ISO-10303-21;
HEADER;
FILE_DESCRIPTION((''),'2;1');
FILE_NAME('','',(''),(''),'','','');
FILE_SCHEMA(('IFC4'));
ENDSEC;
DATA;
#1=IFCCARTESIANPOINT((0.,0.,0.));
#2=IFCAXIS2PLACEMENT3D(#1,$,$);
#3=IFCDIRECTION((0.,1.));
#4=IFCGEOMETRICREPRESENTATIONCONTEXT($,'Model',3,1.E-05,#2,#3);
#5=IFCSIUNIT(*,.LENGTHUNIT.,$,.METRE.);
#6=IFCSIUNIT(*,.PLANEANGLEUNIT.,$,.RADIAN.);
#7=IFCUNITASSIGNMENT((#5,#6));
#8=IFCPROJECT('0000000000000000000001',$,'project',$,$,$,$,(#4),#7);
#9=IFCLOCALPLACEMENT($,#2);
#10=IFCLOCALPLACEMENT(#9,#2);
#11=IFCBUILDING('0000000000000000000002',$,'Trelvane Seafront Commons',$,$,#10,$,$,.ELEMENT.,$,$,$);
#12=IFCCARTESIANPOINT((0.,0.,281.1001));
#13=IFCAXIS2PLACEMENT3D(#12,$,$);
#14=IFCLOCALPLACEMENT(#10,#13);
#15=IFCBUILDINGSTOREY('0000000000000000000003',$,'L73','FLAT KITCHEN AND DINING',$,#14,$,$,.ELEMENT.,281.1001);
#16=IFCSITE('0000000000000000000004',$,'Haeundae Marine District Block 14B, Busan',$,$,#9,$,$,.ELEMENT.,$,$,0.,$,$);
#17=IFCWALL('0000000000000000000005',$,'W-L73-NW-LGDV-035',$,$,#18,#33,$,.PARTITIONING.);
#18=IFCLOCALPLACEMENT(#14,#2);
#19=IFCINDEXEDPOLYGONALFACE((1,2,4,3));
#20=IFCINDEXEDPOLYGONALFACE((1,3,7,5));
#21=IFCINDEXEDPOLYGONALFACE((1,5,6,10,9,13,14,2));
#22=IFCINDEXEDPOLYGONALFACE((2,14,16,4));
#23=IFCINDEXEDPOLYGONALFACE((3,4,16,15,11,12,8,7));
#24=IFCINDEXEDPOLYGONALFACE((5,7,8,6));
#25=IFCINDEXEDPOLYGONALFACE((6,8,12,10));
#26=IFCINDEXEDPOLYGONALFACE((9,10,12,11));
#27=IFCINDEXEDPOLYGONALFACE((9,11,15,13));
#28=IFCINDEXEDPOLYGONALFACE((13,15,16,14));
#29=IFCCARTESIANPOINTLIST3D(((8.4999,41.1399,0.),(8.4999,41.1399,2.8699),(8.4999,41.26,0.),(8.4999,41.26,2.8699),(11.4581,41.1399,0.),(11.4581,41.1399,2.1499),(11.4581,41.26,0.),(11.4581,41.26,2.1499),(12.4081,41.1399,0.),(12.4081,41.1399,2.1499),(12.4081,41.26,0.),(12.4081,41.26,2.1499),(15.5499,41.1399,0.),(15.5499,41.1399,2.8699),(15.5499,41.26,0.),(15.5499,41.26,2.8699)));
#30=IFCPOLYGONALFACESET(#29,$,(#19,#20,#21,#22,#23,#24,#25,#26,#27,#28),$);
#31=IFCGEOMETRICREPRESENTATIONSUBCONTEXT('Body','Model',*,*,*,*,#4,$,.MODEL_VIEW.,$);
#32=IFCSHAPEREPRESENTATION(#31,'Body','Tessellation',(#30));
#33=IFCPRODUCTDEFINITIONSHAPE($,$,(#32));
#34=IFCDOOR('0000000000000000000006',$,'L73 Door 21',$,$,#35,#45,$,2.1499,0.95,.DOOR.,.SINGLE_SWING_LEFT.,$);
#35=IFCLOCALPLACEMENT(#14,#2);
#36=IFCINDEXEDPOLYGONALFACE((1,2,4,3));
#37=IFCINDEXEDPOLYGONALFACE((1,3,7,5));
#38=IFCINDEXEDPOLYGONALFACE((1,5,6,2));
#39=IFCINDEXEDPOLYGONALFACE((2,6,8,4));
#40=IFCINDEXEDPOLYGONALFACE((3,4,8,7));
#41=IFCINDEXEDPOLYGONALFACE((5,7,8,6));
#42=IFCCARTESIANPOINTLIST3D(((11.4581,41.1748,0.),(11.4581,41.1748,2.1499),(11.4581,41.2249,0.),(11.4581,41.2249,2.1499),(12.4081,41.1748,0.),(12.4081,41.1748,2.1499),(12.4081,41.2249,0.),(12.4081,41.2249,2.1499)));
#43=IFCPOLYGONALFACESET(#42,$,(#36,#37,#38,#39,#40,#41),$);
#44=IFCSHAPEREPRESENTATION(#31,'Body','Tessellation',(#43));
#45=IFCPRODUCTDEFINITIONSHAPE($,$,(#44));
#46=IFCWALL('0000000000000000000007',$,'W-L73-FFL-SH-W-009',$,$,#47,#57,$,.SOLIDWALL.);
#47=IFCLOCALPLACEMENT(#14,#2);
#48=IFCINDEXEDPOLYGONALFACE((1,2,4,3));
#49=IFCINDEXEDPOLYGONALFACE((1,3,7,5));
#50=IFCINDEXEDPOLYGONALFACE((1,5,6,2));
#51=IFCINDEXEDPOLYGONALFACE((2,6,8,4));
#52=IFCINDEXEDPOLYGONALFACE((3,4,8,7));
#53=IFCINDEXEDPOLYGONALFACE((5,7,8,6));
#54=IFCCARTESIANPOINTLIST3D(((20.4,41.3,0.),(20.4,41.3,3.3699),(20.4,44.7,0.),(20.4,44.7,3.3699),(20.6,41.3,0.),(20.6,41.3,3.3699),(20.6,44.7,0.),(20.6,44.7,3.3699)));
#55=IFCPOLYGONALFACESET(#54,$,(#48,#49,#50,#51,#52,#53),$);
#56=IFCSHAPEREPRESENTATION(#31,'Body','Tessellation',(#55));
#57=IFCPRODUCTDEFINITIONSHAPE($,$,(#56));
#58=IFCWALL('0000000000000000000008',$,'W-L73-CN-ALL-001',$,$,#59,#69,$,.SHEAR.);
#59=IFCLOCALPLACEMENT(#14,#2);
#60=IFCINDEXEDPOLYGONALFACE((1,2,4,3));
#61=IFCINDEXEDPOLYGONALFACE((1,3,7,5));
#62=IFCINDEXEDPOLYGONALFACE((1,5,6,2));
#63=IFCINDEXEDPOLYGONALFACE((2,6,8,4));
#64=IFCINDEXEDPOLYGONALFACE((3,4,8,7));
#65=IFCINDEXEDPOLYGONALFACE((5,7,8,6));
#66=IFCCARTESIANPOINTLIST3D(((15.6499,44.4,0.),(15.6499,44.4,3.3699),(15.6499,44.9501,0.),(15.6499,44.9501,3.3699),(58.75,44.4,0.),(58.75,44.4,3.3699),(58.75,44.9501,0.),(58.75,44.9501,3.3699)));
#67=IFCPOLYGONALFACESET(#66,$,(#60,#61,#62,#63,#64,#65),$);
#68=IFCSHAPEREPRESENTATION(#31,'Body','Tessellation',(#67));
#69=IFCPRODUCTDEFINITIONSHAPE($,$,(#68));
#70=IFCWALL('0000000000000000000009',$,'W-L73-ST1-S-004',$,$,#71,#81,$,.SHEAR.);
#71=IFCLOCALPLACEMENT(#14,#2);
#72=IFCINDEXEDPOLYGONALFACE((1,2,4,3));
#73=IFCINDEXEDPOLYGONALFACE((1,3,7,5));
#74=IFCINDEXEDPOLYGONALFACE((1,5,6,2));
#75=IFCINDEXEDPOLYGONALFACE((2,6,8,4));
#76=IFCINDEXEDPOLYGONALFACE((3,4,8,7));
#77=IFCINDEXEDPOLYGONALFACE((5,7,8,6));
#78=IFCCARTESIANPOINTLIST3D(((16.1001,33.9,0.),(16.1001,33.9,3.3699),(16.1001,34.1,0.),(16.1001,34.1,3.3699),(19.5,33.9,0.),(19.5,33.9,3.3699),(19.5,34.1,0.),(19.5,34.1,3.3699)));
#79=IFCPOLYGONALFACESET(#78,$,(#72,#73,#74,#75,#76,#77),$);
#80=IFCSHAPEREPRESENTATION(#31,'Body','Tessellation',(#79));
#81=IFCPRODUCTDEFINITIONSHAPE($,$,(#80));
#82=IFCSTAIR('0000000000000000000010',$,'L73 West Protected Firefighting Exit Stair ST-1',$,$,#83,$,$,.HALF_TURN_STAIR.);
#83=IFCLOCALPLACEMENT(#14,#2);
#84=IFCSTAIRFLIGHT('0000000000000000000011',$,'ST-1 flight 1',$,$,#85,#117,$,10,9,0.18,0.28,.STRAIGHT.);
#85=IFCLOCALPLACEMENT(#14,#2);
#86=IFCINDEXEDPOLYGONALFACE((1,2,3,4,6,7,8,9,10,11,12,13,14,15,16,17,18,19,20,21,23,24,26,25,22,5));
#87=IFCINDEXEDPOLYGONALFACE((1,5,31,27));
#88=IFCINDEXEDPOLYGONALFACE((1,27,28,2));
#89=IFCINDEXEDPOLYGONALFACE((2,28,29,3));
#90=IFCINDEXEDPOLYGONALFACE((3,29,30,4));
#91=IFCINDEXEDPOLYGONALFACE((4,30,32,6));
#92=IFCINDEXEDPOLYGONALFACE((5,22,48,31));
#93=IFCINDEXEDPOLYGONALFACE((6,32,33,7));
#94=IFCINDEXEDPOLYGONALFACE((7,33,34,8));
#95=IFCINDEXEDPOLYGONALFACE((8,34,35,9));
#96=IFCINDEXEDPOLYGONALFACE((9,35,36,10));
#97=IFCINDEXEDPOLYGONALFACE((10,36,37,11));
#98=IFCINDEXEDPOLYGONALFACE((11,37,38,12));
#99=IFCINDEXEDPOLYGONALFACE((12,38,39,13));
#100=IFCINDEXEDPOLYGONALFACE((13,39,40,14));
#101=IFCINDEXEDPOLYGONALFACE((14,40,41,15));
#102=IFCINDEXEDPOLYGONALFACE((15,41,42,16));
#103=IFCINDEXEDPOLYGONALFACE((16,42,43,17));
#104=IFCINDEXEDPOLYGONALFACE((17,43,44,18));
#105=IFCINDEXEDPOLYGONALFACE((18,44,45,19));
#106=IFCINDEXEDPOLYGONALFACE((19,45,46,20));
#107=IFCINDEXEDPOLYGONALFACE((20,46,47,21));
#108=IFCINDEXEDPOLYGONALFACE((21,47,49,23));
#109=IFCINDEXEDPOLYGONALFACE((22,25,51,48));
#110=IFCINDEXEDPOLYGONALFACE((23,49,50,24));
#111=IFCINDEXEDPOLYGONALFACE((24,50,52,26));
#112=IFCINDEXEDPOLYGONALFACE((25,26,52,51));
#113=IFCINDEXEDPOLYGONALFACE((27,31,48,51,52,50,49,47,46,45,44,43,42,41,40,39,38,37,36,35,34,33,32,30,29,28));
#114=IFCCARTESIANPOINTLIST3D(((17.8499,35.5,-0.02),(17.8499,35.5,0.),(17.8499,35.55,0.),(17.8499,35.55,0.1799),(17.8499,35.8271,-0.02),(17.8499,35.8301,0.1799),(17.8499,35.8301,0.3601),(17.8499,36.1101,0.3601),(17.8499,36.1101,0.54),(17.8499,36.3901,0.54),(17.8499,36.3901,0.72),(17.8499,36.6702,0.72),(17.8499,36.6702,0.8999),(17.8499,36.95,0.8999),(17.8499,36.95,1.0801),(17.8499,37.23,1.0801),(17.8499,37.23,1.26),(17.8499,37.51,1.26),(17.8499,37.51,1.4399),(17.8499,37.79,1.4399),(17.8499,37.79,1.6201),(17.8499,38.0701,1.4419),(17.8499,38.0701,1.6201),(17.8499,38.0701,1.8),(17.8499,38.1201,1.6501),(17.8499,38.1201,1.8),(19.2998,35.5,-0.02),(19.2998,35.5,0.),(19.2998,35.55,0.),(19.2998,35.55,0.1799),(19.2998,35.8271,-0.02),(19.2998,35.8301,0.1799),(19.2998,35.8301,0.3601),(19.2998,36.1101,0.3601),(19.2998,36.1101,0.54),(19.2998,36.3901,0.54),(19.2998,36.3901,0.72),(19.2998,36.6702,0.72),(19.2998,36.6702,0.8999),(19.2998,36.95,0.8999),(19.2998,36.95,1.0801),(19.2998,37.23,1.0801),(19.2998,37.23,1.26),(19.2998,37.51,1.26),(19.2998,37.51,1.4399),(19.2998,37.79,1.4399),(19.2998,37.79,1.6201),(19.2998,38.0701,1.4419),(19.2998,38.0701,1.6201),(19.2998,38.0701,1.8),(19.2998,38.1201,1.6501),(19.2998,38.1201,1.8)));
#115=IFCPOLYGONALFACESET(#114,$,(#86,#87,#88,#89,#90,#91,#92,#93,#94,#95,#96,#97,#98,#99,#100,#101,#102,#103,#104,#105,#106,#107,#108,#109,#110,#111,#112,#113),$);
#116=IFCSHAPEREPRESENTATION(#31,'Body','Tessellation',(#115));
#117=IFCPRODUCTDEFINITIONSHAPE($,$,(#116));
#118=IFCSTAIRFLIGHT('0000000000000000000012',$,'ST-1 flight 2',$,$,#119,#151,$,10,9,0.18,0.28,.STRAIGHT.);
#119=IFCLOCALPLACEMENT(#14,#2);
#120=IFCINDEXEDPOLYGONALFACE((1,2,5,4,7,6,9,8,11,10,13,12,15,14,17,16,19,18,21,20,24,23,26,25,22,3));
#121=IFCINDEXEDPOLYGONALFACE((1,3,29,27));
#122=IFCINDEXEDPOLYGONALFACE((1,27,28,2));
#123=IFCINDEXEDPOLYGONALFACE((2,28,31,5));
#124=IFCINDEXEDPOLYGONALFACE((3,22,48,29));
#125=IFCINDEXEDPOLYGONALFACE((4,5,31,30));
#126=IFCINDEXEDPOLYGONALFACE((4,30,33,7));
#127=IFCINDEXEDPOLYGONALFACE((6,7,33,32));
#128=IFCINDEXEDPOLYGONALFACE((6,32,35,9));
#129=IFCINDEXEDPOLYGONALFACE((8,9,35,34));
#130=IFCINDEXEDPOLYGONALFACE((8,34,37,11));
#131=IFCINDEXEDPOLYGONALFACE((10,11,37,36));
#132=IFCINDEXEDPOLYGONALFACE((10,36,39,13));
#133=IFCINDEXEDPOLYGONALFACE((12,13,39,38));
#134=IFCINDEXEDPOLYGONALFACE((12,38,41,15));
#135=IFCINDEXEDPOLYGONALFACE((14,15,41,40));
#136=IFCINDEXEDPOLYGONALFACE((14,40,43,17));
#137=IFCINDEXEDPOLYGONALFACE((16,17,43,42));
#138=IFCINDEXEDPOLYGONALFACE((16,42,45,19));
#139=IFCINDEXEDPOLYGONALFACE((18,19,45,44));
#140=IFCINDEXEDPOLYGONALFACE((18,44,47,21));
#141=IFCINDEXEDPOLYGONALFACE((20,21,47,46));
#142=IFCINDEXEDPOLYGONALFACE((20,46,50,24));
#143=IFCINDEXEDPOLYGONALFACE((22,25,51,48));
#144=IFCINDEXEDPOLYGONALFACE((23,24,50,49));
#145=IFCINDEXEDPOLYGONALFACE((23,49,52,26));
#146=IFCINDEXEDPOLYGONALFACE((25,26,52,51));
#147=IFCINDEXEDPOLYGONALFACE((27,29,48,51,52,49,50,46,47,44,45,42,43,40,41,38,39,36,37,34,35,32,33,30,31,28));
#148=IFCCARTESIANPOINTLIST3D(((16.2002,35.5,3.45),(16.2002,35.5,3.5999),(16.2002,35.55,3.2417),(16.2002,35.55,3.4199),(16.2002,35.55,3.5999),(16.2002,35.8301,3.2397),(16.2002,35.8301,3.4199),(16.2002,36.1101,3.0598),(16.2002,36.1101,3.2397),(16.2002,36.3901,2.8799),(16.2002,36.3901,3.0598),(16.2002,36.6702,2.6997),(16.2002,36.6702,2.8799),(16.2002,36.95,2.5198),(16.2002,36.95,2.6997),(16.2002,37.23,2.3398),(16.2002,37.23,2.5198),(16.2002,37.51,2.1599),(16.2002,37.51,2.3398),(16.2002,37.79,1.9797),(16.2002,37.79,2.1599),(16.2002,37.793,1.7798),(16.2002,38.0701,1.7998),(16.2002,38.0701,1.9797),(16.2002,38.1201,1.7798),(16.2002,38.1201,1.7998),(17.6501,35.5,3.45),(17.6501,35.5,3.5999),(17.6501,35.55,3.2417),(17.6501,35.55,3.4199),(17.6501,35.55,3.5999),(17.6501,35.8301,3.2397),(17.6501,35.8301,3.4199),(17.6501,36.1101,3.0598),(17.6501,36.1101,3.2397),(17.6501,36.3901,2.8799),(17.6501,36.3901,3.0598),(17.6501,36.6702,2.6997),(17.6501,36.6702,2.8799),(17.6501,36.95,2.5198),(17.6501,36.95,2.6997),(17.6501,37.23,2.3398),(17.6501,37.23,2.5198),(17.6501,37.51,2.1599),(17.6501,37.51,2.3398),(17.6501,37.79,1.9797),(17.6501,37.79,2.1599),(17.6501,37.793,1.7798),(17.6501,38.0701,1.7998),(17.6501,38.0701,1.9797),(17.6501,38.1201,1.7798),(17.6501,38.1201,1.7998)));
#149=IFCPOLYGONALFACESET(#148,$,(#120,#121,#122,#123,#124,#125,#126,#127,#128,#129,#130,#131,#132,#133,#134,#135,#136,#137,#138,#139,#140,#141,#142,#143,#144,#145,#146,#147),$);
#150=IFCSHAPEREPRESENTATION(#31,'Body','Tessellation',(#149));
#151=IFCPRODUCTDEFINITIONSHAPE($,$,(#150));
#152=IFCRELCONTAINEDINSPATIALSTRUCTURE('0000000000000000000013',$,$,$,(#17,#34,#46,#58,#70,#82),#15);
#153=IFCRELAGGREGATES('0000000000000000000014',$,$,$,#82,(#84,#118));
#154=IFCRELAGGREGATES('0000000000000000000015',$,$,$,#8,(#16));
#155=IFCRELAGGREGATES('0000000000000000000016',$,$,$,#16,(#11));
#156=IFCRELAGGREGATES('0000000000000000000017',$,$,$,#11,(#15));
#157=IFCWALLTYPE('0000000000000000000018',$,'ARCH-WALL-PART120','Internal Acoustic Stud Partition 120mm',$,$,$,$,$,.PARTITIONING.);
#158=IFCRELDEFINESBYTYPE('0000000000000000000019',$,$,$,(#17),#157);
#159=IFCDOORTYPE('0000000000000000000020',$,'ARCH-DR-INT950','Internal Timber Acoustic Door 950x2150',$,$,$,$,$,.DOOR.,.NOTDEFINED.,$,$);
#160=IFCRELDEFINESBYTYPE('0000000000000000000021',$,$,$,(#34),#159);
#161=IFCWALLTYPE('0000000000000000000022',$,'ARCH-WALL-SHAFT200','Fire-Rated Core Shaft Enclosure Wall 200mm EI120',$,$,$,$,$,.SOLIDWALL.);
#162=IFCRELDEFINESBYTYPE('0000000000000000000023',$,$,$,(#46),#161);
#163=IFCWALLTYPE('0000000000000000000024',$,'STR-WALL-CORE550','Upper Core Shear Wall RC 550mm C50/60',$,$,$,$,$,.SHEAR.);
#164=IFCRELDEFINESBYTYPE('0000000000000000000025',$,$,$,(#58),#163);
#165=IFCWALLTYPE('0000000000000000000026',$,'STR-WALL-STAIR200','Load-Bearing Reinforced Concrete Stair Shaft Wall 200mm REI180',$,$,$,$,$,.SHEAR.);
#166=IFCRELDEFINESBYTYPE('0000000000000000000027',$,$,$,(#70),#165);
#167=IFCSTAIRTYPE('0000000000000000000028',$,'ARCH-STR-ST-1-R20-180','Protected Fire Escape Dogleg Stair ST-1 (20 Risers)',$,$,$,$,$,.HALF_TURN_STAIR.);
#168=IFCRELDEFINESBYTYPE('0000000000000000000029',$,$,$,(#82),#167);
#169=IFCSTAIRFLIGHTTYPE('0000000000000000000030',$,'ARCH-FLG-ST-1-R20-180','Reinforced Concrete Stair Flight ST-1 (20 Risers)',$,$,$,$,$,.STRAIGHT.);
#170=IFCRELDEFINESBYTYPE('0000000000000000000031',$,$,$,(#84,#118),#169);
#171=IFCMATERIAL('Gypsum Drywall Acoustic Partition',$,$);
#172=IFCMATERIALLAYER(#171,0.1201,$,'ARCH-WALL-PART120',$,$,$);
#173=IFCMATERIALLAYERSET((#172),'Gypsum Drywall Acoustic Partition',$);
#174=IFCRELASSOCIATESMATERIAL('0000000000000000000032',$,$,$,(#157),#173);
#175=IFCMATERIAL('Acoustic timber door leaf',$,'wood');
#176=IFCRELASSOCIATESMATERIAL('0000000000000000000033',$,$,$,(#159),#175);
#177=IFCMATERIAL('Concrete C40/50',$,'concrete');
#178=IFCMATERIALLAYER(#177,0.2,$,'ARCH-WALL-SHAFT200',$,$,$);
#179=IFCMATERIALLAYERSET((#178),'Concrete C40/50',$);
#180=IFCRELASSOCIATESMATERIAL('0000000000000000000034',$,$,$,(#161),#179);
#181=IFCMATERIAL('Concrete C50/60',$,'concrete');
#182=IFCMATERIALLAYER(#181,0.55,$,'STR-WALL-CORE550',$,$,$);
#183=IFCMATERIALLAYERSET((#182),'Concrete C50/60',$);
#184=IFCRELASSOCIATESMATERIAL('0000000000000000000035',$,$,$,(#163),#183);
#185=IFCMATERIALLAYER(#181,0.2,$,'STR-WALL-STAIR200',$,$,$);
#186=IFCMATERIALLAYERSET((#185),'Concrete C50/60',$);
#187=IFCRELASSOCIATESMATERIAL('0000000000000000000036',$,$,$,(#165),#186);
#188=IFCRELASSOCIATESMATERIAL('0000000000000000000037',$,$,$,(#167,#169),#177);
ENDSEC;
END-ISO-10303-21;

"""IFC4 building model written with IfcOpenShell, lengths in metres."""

from ifc_helpers import new_model, si_unit, direction, frame, frame_2d, origin, place, context, subcontext, project, spatial, polyline, rectangle, outline, extrude, source, transform, mapped, material, layer, layer_set, type_object, element, fill, aggregate, save


model = new_model("IFC4")

# Units and contexts
model_context = context("Model", 3, precision=1e-05, world=origin(), true_north=direction((0.0, 1.0)))
body_context = subcontext(model_context, "Body", "Model", "MODEL_VIEW")
ifc_project = project(units=[si_unit("LENGTHUNIT", "METRE"), si_unit("PLANEANGLEUNIT", "RADIAN")], contexts=[model_context])

# Site, building, storey
site_placement = place(None, origin())
site = spatial("IfcSite", under=ifc_project, at=site_placement, Name="Haeundae Marine District Block 14B, Busan", CompositionType="ELEMENT", RefElevation=0.0)
building_placement = place(site_placement, origin())
building = spatial("IfcBuilding", under=site, at=building_placement, Name="Trelvane Seafront Commons", CompositionType="ELEMENT")
storey_placement = place(building_placement, frame((0.0, 0.0, 281.1001)))
storey = spatial("IfcBuildingStorey", under=building, at=storey_placement, Name="L73", Description="FLAT KITCHEN AND DINING", CompositionType="ELEMENT", Elevation=281.1001)

# Shared definitions
ifc_material_1 = material(Name="Concrete C50/60", Category="concrete")

# Wall, opening, door
ifc_material_2 = material(Name="Gypsum Drywall Acoustic Partition")
ifc_layer_1 = layer(ifc_material_2, 0.1201, Name="ARCH-WALL-PART120")
ifc_layer_set_1 = layer_set([ifc_layer_1], Name="Gypsum Drywall Acoustic Partition")
wall_type_1 = type_object("IfcWallType", Name="ARCH-WALL-PART120", Description="Internal Acoustic Stud Partition 120mm", PredefinedType="PARTITIONING", material=ifc_layer_set_1)
wall_1_placement = place(storey_placement, frame((8.5, 41.2, 0.0), z_axis=(0.0, 0.0, 1.0), x_axis=(1.0, 0.0, 0.0)))
wall_1 = element("IfcWall", 1, at=wall_1_placement, inside=storey, type_object=wall_type_1, Name="W-L73-NW-LGDV-035", PredefinedType="PARTITIONING", context=body_context, shape_type="SweptSolid", body=[
    extrude(rectangle(XDim=7.05, YDim=0.1201, at=frame_2d((3.5249, 0.0))), origin(), (0.0, 0.0, 1.0), 2.8699),
])
opening_1_placement = place(wall_1_placement, frame((2.958, 0.0, 0.0)))
opening_1 = element("IfcOpeningElement", 2, at=opening_1_placement, cuts=wall_1, PredefinedType="OPENING", context=body_context, shape_type="SweptSolid", body=[
    extrude(rectangle(XDim=0.95, YDim=2.1499, at=frame_2d((0.4751, 1.075))), frame((0.0, 0.0701, 0.0), z_axis=(0.0, -1.0, 0.0), x_axis=(1.0, 0.0, 0.0)), (0.0, 0.0, 1.0), 0.1401),
])
ifc_material_3 = material(Name="Acoustic timber door leaf", Category="wood")
door_type_1 = type_object("IfcDoorType", Name="ARCH-DR-INT950", Description="Internal Timber Acoustic Door 950x2150", OperationType="NOTDEFINED", PredefinedType="DOOR", material=ifc_material_3)
shared_shape_1 = source(origin(), body_context, "Body", "SweptSolid", [
    extrude(rectangle(XDim=0.95, YDim=2.1499, at=frame_2d((0.4751, 1.075))), frame((0.0, 0.0249, 0.0), z_axis=(0.0, -1.0, 0.0), x_axis=(1.0, 0.0, 0.0)), (0.0, 0.0, 1.0), 0.05),
])
door_1_placement = place(opening_1_placement, origin())
door_1 = element("IfcDoor", 3, at=door_1_placement, inside=storey, type_object=door_type_1, Name="L73 Door 21", OperationType="SINGLE_SWING_LEFT", OverallHeight=2.1499, OverallWidth=0.95, PredefinedType="DOOR", context=body_context, shape_type="MappedRepresentation", body=[
    mapped(shared_shape_1, transform((0.0, 0.0, 0.0), x_axis=(1.0, 0.0, 0.0), y_axis=(0.0, 1.0, 0.0), z_axis=(0.0, 0.0, 1.0), scale=1.0)),
])
fill(opening_1, door_1)

# Shared definitions
ifc_material_4 = material(Name="Concrete C40/50", Category="concrete")
ifc_layer_2 = layer(ifc_material_4, 0.2, Name="ARCH-WALL-SHAFT200")
ifc_layer_set_2 = layer_set([ifc_layer_2], Name="Concrete C40/50")
wall_type_2 = type_object("IfcWallType", Name="ARCH-WALL-SHAFT200", Description="Fire-Rated Core Shaft Enclosure Wall 200mm EI120", PredefinedType="SOLIDWALL", material=ifc_layer_set_2)

# Walls
wall_2_placement = place(storey_placement, frame((20.5, 41.3, 0.0), z_axis=(0.0, 0.0, 1.0), x_axis=(0.0, 1.0, 0.0)))
element("IfcWall", 4, at=wall_2_placement, inside=storey, type_object=wall_type_2, Name="W-L73-FFL-SH-W-009", PredefinedType="SOLIDWALL", context=body_context, shape_type="SweptSolid", body=[
    extrude(rectangle(XDim=3.3999, YDim=0.2, at=frame_2d((1.7, 0.0))), origin(), (0.0, 0.0, 1.0), 3.3699),
])
ifc_layer_3 = layer(ifc_material_1, 0.55, Name="STR-WALL-CORE550")
ifc_layer_set_3 = layer_set([ifc_layer_3], Name="Concrete C50/60")
wall_type_3 = type_object("IfcWallType", Name="STR-WALL-CORE550", Description="Upper Core Shear Wall RC 550mm C50/60", PredefinedType="SHEAR", material=ifc_layer_set_3)
wall_3_placement = place(storey_placement, frame((15.6499, 44.675, 0.0), z_axis=(0.0, 0.0, 1.0), x_axis=(1.0, 0.0, 0.0)))
element("IfcWall", 5, at=wall_3_placement, inside=storey, type_object=wall_type_3, Name="W-L73-CN-ALL-001", PredefinedType="SHEAR", context=body_context, shape_type="SweptSolid", body=[
    extrude(rectangle(XDim=43.1001, YDim=0.55, at=frame_2d((21.55, 0.0))), origin(), (0.0, 0.0, 1.0), 3.3699),
])
ifc_layer_4 = layer(ifc_material_1, 0.2, Name="STR-WALL-STAIR200")
ifc_layer_set_4 = layer_set([ifc_layer_4], Name="Concrete C50/60")
wall_type_4 = type_object("IfcWallType", Name="STR-WALL-STAIR200", Description="Load-Bearing Reinforced Concrete Stair Shaft Wall 200mm REI180", PredefinedType="SHEAR", material=ifc_layer_set_4)
wall_4_placement = place(storey_placement, frame((16.1001, 34.0, 0.0), z_axis=(0.0, 0.0, 1.0), x_axis=(1.0, 0.0, 0.0)))
element("IfcWall", 6, at=wall_4_placement, inside=storey, type_object=wall_type_4, Name="W-L73-ST1-S-004", PredefinedType="SHEAR", context=body_context, shape_type="SweptSolid", body=[
    extrude(rectangle(XDim=3.3999, YDim=0.2, at=frame_2d((1.7, 0.0))), origin(), (0.0, 0.0, 1.0), 3.3699),
])

# Stair, stair flights
stair_type = type_object("IfcStairType", Name="ARCH-STR-ST-1-R20-180", Description="Protected Fire Escape Dogleg Stair ST-1 (20 Risers)", PredefinedType="HALF_TURN_STAIR", material=ifc_material_4)
stair_placement = place(storey_placement, origin())
stair = element("IfcStair", 7, at=stair_placement, inside=storey, type_object=stair_type, Name="L73 West Protected Firefighting Exit Stair ST-1", PredefinedType="HALF_TURN_STAIR")
stair_flight_type = type_object("IfcStairFlightType", Name="ARCH-FLG-ST-1-R20-180", Description="Reinforced Concrete Stair Flight ST-1 (20 Risers)", PredefinedType="STRAIGHT", material=ifc_material_4)
shared_shape_2 = source(origin(), body_context, "Body", "SweptSolid", [
    extrude(outline(polyline([(-0.05, -0.02), (-0.05, 0.0), (0.0, 0.0), (0.0, 0.1799), (0.28, 0.1799), (0.28, 0.3601), (0.5601, 0.3601), (0.5601, 0.54), (0.8401, 0.54), (0.8401, 0.72), (1.1201, 0.72), (1.1201, 0.8999), (1.3999, 0.8999), (1.3999, 1.0801), (1.6799, 1.0801), (1.6799, 1.26), (1.96, 1.26), (1.96, 1.4399), (2.24, 1.4399), (2.24, 1.6201), (2.52, 1.6201), (2.52, 1.8), (2.5701, 1.8), (2.5701, 1.6501), (2.52, 1.4419), (0.2771, -0.02), (-0.05, -0.02)])), frame((0.0, 0.7251, 0.0), z_axis=(0.0, -1.0, 0.0), x_axis=(1.0, 0.0, 0.0)), (0.0, 0.0, 1.0), 1.45),
])
stair_flight_1_placement = place(storey_placement, frame((18.575, 35.55, 0.0), z_axis=(0.0, 0.0, 1.0), x_axis=(0.0, 1.0, 0.0)))
stair_flight_1 = element("IfcStairFlight", 8, at=stair_flight_1_placement, type_object=stair_flight_type, Name="ST-1 flight 1", NumberOfRisers=10, NumberOfTreads=9, PredefinedType="STRAIGHT", RiserHeight=0.18, TreadLength=0.28, context=body_context, shape_type="MappedRepresentation", body=[
    mapped(shared_shape_2, transform((0.0, 0.0, 0.0), x_axis=(1.0, 0.0, 0.0), y_axis=(0.0, 1.0, 0.0), z_axis=(0.0, 0.0, 1.0), scale=1.0)),
])
stair_flight_2_placement = place(storey_placement, frame((16.925, 38.0701, 1.7998), z_axis=(0.0, 0.0, 1.0), x_axis=(0.0, -1.0, 0.0)))
stair_flight_2 = element("IfcStairFlight", 9, at=stair_flight_2_placement, type_object=stair_flight_type, Name="ST-1 flight 2", NumberOfRisers=10, NumberOfTreads=9, PredefinedType="STRAIGHT", RiserHeight=0.18, TreadLength=0.28, context=body_context, shape_type="MappedRepresentation", body=[
    mapped(shared_shape_2, transform((0.0, 0.0, 0.0), x_axis=(1.0, 0.0, 0.0), y_axis=(0.0, 1.0, 0.0), z_axis=(0.0, 0.0, 1.0), scale=1.0)),
])
aggregate(stair, [stair_flight_1, stair_flight_2])

save(model, "model.ifc")
